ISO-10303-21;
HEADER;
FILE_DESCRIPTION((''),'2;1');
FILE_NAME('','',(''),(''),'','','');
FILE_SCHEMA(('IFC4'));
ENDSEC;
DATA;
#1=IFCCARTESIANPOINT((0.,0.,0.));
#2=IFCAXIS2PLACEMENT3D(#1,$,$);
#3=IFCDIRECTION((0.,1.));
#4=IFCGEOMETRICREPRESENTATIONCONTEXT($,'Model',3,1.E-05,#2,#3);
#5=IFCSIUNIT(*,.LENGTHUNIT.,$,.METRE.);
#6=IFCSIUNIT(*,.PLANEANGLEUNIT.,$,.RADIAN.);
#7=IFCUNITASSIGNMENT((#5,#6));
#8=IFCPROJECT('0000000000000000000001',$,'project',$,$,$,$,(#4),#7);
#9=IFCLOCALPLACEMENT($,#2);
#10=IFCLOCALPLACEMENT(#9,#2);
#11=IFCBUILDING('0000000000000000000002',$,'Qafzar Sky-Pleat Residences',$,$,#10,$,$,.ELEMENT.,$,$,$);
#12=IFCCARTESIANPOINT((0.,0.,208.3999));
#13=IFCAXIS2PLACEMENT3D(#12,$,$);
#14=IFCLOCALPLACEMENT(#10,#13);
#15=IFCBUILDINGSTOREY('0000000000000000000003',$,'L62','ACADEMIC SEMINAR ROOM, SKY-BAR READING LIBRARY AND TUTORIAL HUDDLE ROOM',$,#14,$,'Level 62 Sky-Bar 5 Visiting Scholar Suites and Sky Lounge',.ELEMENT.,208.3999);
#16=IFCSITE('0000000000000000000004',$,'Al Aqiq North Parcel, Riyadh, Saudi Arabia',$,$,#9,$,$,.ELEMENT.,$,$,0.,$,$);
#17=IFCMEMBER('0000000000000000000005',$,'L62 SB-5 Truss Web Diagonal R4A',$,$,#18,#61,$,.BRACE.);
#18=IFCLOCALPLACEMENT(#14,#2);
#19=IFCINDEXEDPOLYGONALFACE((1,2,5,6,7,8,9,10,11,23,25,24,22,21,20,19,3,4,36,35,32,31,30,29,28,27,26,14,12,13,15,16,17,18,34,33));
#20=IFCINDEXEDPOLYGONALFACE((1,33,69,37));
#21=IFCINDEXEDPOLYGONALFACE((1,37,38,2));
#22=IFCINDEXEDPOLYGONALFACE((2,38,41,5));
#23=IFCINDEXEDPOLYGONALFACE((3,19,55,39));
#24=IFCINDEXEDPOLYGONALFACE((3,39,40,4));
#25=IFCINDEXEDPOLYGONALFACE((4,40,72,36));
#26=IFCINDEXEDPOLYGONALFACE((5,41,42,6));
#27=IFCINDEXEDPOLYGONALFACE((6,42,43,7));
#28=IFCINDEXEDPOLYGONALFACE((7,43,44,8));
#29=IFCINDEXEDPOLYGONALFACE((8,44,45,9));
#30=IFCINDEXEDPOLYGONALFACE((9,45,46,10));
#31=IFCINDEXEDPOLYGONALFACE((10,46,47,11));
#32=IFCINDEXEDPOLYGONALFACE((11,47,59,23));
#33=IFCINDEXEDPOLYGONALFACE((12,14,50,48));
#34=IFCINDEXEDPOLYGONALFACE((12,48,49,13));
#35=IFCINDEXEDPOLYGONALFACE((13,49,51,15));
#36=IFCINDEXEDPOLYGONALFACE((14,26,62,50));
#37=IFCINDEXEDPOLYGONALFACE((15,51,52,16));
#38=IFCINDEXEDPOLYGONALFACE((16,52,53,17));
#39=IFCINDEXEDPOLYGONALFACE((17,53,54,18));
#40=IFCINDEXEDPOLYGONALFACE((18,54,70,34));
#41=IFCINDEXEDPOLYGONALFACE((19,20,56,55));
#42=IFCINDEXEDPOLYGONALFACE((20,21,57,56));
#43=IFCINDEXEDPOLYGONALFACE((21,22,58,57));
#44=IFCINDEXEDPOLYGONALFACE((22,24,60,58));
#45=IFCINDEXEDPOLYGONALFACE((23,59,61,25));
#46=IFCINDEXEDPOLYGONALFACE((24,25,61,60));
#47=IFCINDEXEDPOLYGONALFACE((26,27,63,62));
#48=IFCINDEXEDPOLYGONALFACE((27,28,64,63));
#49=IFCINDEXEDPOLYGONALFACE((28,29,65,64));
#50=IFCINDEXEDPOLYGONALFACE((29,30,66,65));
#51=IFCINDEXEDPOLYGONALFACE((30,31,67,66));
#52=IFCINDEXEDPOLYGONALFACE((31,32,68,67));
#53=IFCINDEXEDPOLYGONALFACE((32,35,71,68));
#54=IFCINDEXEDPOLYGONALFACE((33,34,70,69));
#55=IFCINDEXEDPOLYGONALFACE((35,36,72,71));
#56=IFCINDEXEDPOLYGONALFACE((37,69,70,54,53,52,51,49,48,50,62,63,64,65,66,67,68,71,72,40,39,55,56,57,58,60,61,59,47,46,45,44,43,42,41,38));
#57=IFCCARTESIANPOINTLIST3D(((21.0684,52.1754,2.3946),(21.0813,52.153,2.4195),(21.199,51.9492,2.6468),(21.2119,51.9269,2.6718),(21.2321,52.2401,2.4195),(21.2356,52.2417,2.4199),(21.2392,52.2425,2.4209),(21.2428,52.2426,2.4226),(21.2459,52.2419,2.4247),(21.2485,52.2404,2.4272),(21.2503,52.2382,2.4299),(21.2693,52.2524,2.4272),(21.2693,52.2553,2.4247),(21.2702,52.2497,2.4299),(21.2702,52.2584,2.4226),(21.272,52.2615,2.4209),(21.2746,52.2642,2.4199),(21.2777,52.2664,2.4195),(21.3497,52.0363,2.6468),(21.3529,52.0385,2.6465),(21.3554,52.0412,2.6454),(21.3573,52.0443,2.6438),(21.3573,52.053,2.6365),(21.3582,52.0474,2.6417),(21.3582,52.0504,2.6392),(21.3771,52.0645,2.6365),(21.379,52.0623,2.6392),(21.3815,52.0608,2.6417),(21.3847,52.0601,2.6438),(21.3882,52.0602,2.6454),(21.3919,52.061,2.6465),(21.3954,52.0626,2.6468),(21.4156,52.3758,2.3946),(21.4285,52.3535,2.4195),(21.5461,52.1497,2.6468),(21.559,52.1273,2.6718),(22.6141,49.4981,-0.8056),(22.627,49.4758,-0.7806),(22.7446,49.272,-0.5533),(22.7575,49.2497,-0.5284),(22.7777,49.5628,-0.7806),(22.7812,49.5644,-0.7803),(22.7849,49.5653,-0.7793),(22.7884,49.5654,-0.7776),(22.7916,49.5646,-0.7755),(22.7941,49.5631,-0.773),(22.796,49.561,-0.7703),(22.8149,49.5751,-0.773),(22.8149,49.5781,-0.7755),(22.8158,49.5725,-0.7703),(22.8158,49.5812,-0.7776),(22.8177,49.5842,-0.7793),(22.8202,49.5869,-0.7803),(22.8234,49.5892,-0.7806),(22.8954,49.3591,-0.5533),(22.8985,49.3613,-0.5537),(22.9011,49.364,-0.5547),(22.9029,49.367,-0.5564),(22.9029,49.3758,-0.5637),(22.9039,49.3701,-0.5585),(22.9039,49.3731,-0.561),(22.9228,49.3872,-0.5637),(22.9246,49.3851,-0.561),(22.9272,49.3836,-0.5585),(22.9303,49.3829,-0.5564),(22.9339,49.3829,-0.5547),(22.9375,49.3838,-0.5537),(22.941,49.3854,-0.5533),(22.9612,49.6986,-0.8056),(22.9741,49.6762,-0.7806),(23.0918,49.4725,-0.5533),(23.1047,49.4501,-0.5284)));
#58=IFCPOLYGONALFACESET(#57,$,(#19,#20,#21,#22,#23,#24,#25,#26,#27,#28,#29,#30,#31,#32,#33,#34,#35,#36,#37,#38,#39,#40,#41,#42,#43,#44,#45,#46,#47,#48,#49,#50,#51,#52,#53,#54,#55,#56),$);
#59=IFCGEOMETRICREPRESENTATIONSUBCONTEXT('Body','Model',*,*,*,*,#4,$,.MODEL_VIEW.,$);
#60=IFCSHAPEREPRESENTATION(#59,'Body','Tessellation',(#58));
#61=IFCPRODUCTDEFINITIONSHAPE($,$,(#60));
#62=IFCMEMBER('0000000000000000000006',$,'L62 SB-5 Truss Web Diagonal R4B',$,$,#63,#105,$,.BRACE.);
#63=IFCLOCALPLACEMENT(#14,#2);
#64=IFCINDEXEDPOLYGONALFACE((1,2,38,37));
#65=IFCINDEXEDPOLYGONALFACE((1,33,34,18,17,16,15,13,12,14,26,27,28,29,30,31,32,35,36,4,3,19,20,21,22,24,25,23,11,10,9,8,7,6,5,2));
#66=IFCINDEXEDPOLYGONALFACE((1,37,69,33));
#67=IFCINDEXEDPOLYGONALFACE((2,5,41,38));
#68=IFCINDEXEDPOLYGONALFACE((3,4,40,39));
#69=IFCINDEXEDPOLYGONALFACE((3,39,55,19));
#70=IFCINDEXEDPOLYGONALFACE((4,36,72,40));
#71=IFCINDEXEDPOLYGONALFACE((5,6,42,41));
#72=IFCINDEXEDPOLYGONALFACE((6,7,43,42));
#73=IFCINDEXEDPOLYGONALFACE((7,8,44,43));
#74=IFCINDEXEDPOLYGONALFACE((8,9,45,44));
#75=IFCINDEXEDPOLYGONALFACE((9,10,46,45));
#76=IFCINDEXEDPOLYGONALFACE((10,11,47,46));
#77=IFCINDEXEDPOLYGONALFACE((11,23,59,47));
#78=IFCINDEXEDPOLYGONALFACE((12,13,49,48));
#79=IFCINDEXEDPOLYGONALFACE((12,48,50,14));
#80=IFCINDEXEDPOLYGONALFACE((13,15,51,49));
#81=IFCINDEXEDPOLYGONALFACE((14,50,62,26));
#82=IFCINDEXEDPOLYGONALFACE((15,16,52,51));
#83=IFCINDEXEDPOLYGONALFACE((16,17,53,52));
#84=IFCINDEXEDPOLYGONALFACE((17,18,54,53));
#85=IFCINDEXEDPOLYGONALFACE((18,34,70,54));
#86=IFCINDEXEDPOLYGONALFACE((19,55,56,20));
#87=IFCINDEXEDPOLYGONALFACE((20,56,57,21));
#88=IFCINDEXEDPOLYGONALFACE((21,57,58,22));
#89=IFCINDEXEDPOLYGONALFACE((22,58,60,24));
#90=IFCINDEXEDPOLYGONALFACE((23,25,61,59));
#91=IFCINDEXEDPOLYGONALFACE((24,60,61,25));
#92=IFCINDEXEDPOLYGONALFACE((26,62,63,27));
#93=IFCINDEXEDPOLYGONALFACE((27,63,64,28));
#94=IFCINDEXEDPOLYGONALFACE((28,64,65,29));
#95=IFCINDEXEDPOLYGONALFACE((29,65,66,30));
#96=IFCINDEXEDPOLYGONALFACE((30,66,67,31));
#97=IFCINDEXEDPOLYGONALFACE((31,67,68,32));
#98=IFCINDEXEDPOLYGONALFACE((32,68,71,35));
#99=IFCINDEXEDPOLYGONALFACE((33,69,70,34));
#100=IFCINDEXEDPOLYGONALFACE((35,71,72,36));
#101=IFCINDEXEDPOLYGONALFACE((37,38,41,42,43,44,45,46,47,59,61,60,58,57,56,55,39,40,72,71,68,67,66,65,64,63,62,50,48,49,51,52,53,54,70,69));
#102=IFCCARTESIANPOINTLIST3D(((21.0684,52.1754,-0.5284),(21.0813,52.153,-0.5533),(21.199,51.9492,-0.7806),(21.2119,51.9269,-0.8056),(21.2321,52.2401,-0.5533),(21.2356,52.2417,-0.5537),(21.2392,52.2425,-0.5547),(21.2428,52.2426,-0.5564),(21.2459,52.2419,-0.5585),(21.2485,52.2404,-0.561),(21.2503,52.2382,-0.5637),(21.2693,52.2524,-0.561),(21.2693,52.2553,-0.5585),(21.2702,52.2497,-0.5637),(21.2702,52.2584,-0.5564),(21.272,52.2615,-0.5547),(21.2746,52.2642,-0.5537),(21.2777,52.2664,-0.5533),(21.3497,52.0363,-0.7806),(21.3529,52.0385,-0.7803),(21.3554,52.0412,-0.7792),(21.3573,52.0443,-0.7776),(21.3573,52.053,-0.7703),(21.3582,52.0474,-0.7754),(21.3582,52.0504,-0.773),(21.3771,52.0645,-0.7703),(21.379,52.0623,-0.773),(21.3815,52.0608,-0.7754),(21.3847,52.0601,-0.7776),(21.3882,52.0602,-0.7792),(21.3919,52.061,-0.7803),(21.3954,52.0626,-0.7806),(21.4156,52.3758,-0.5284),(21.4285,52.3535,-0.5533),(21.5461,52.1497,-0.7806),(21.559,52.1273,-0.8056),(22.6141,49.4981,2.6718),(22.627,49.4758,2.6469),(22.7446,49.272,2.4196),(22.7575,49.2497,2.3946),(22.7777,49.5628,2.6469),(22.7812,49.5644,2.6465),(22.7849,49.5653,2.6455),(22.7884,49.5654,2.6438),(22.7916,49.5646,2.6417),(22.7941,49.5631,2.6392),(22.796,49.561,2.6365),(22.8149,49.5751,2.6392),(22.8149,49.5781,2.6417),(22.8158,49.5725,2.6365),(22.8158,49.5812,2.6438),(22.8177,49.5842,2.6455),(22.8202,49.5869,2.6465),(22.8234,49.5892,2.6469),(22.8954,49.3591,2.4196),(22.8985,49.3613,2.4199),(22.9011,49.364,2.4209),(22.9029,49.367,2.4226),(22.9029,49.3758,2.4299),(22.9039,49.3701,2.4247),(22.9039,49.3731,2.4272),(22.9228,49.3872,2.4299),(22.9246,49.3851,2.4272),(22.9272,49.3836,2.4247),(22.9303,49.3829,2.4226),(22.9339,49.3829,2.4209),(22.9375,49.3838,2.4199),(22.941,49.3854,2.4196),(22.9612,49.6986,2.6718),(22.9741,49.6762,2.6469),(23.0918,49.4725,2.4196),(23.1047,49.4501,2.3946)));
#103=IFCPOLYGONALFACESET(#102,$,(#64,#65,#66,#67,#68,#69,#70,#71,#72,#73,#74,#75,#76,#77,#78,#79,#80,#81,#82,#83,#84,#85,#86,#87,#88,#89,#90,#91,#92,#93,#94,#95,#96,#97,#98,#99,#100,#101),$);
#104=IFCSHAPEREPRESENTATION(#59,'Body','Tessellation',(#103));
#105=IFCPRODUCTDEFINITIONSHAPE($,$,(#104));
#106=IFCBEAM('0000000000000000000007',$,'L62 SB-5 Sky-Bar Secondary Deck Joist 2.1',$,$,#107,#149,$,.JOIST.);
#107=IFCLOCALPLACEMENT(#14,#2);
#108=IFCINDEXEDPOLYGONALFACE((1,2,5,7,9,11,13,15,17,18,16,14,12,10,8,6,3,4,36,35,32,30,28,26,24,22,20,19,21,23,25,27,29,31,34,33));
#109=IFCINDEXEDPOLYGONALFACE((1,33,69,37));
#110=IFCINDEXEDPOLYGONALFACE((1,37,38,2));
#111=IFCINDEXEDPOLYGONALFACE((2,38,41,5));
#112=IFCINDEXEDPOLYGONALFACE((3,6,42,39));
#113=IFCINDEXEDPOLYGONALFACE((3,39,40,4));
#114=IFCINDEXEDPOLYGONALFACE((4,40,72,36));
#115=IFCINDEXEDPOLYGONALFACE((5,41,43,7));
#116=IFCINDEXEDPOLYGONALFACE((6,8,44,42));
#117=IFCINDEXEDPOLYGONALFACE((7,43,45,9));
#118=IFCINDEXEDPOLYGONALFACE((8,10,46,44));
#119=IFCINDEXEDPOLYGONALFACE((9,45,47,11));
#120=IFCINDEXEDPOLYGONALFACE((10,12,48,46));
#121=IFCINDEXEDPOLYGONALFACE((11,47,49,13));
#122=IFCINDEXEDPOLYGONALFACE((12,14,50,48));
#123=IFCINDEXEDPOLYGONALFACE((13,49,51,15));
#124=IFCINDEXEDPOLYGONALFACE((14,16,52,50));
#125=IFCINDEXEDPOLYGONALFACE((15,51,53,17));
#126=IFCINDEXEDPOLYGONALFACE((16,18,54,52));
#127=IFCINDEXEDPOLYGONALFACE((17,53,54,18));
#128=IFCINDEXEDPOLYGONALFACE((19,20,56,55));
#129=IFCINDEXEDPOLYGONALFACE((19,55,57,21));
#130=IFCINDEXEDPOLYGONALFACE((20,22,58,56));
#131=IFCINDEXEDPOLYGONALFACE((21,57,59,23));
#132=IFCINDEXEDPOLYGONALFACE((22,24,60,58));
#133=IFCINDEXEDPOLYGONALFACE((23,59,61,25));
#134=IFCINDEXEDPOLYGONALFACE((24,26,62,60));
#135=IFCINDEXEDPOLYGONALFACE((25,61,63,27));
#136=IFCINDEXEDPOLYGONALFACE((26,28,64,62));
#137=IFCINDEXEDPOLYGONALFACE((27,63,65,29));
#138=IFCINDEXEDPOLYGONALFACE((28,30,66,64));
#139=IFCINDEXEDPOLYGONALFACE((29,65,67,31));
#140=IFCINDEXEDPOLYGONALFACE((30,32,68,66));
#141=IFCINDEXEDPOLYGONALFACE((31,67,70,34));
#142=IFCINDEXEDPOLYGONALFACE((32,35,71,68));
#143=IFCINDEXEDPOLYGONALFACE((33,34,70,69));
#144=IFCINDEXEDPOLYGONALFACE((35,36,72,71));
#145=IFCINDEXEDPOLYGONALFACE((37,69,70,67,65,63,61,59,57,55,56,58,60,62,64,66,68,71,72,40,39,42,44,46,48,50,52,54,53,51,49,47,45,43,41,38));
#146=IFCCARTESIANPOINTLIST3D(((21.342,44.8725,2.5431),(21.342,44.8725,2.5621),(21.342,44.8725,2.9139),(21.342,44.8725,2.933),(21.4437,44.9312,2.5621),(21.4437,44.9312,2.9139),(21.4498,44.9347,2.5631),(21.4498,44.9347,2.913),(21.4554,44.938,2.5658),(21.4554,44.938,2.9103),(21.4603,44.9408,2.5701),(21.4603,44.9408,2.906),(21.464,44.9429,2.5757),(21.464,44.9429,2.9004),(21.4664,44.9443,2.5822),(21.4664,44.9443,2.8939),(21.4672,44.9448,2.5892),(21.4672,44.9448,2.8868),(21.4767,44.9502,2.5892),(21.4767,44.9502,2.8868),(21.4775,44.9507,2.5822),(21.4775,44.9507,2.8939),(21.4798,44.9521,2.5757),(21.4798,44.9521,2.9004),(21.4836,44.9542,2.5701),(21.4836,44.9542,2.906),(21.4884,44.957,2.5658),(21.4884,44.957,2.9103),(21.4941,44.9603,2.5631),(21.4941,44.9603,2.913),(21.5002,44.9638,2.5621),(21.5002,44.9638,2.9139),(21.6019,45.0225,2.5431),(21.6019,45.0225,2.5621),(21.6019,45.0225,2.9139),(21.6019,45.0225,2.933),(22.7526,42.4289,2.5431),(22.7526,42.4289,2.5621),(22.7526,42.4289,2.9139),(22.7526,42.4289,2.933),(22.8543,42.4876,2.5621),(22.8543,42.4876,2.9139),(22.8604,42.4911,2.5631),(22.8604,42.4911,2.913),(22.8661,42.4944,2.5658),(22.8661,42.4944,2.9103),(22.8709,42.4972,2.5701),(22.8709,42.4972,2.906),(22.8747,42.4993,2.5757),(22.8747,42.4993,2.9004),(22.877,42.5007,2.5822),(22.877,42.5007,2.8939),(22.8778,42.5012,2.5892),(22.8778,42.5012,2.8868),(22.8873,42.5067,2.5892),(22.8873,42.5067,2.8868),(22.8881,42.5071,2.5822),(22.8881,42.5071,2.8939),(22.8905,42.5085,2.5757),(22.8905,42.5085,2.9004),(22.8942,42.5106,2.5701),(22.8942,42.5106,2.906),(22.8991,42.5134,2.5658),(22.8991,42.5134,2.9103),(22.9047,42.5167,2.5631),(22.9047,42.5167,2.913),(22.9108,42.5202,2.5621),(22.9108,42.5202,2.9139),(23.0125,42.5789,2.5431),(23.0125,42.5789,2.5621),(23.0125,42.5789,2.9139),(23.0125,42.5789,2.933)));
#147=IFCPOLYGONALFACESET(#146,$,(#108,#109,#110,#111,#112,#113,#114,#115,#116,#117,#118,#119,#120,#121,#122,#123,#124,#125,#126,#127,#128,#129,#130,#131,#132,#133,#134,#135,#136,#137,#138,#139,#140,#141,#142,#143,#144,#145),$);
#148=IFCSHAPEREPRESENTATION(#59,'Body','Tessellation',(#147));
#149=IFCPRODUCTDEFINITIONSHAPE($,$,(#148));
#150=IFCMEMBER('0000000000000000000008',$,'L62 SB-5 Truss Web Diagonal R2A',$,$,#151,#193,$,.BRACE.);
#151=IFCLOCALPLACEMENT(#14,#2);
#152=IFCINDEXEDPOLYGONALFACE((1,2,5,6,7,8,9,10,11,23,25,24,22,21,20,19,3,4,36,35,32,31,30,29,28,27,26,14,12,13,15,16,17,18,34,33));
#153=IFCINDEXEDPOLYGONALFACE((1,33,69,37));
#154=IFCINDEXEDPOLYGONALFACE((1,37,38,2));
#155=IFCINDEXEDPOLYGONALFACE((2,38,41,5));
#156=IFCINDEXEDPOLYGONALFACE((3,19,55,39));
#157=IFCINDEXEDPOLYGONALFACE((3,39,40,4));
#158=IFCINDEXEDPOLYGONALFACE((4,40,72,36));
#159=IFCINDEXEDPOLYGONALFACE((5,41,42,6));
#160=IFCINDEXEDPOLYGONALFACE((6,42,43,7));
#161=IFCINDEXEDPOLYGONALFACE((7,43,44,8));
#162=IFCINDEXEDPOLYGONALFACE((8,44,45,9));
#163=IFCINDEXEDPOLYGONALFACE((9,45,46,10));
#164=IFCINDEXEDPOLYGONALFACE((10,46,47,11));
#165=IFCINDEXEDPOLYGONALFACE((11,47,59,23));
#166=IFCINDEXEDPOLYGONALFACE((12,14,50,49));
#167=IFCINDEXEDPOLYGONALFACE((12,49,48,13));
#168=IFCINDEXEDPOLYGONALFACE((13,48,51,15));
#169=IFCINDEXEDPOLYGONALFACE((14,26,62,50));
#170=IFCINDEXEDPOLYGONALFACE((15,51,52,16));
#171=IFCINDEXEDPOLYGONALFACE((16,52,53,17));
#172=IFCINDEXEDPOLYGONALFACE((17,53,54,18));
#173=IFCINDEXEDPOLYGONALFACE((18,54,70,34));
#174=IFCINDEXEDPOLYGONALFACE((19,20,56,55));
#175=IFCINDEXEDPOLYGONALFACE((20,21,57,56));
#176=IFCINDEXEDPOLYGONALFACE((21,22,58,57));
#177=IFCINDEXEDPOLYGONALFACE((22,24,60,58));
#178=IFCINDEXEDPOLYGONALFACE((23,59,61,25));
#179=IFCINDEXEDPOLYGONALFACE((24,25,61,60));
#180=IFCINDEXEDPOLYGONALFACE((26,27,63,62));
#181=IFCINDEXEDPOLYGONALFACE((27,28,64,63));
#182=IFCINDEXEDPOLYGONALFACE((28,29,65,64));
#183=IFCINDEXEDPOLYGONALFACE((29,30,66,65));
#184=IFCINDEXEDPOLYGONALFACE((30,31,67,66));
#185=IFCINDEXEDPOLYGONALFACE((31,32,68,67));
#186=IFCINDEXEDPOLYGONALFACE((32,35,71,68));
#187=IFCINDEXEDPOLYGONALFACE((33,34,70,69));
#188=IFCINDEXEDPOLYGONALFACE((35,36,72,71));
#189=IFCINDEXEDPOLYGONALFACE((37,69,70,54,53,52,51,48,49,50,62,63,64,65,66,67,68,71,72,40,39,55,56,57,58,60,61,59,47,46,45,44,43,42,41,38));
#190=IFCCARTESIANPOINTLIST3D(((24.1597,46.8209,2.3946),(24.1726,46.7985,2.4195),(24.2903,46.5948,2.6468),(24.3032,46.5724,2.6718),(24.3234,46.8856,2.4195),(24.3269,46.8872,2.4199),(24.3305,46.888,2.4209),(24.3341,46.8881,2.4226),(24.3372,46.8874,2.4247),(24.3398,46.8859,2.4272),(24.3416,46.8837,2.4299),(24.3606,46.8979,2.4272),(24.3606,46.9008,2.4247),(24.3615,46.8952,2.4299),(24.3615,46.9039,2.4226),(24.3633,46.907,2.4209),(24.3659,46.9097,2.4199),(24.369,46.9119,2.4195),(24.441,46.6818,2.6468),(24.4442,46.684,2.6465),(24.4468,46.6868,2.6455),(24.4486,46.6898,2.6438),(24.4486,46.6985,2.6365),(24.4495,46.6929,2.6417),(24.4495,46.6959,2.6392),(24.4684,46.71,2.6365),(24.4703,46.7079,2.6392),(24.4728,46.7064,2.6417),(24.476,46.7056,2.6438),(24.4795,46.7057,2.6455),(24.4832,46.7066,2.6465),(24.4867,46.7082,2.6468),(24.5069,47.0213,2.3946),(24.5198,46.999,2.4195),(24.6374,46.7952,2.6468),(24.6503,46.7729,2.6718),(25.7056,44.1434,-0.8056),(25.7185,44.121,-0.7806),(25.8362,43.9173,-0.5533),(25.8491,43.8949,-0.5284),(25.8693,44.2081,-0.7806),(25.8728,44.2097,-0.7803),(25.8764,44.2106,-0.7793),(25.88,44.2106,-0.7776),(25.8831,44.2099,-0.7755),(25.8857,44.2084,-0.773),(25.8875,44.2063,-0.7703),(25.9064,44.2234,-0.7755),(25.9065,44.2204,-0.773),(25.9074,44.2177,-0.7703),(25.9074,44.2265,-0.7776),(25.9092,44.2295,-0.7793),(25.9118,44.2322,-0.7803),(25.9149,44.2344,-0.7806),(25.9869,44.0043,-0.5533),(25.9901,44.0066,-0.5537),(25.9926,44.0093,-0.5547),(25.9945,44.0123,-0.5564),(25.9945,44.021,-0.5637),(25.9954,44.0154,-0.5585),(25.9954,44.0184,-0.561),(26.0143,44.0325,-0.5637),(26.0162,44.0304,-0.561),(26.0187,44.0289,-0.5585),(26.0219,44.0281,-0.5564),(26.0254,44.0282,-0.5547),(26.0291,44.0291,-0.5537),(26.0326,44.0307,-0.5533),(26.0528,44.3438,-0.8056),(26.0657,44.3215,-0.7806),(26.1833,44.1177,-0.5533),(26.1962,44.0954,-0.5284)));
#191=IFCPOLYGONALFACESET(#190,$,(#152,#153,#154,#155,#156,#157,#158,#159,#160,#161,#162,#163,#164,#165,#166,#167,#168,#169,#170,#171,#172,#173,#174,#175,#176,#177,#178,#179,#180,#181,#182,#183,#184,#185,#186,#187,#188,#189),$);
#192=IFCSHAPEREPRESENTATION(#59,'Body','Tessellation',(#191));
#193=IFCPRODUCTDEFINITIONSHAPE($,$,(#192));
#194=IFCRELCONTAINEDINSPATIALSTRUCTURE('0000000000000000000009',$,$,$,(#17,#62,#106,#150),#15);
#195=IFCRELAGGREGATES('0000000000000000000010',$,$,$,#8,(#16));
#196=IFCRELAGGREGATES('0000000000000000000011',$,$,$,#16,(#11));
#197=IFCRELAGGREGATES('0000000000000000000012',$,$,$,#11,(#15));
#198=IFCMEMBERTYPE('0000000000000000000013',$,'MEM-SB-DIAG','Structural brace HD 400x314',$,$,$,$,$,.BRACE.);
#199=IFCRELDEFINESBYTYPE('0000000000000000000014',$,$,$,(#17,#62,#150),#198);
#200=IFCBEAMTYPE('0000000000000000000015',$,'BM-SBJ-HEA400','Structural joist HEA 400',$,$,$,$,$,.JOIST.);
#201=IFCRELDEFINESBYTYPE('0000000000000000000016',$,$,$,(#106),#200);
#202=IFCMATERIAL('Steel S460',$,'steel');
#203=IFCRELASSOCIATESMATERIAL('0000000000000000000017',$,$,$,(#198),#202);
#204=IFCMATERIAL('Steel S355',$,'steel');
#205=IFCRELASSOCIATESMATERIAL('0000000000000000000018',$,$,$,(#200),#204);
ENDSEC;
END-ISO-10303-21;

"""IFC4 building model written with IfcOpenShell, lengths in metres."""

from ifc_helpers import new_model, si_unit, direction, frame, origin, origin_2d, place, context, subcontext, project, spatial, i_section, extrude, source, transform, mapped, material, material_profile, profile_set, type_object, element, save


model = new_model("IFC4")

# Units and contexts
model_context = context("Model", 3, precision=1e-05, world=origin(), true_north=direction((0.0, 1.0)))
body_context = subcontext(model_context, "Body", "Model", "MODEL_VIEW")
ifc_project = project(units=[si_unit("LENGTHUNIT", "METRE"), si_unit("PLANEANGLEUNIT", "RADIAN")], contexts=[model_context])

# Site, building, storey
site_placement = place(None, origin())
site = spatial("IfcSite", under=ifc_project, at=site_placement, Name="Al Aqiq North Parcel, Riyadh, Saudi Arabia", CompositionType="ELEMENT", RefElevation=0.0)
building_placement = place(site_placement, origin())
building = spatial("IfcBuilding", under=site, at=building_placement, Name="Qafzar Sky-Pleat Residences", CompositionType="ELEMENT")
storey_placement = place(building_placement, frame((0.0, 0.0, 208.3999)))
storey = spatial("IfcBuildingStorey", under=building, at=storey_placement, Name="L62", Description="ACADEMIC SEMINAR ROOM, SKY-BAR READING LIBRARY AND TUTORIAL HUDDLE ROOM", LongName="Level 62 Sky-Bar 5 Visiting Scholar Suites and Sky Lounge", CompositionType="ELEMENT", Elevation=208.3999)

# Shared definitions
ifc_material_1 = material(Name="Steel S355", Category="steel")

# Shared definitions
ifc_material_2 = material(Name="Steel S460", Category="steel")

# Members
ifc_material_profile_1 = material_profile(ifc_material_2, i_section(OverallWidth=0.4009, OverallDepth=0.3989, WebThickness=0.0229, FlangeThickness=0.0359, FilletRadius=0.0149, at=origin_2d()), Name="HD 400x314")
ifc_profile_set_1 = profile_set([ifc_material_profile_1], Name="Steel S460")
member_type = type_object("IfcMemberType", Name="MEM-SB-DIAG", Description="Structural brace HD 400x314", PredefinedType="BRACE", material=ifc_profile_set_1)
shared_shape_1 = source(origin(), body_context, "Body", "SweptSolid", [
    extrude(i_section(OverallWidth=0.4009, OverallDepth=0.3989, WebThickness=0.0229, FlangeThickness=0.0359, FilletRadius=0.0149, at=origin_2d()), origin(), (0.0, 0.0, 1.0), 4.4495),
])
for number, where, z_axis, x_axis, name in (
    (1, (22.8594, 49.4741, -0.667), (-0.347378, 0.601698, 0.719228), (-0.866033, -0.499987, 0.0), "L62 SB-5 Truss Web Diagonal R4A"),
    (2, (22.8594, 49.4741, 2.5332), (-0.347378, 0.601698, -0.719228), (-0.866033, -0.499987, 0.0), "L62 SB-5 Truss Web Diagonal R4B"),
):
    element("IfcMember", number, at=place(storey_placement, frame(where, z_axis=z_axis, x_axis=x_axis)), inside=storey, type_object=member_type, Name=name, PredefinedType="BRACE", context=body_context, shape_type="MappedRepresentation", body=[
        mapped(shared_shape_1, transform((0.0, 0.0, 0.0), x_axis=(1.0, 0.0, 0.0), y_axis=(0.0, 1.0, 0.0), z_axis=(0.0, 0.0, 1.0), scale=1.0)),
    ])

# Beam
ifc_material_profile_2 = material_profile(ifc_material_1, i_section(OverallWidth=0.3, OverallDepth=0.3899, WebThickness=0.011, FlangeThickness=0.019, FilletRadius=0.0271, at=origin_2d()), Name="HEA 400")
ifc_profile_set_2 = profile_set([ifc_material_profile_2], Name="Steel S355")
beam_type_1 = type_object("IfcBeamType", Name="BM-SBJ-HEA400", Description="Structural joist HEA 400", PredefinedType="JOIST", material=ifc_profile_set_2)
shared_shape_2 = source(origin(), body_context, "Body", "SweptSolid", [
    extrude(i_section(OverallWidth=0.3, OverallDepth=0.3899, WebThickness=0.011, FlangeThickness=0.019, FilletRadius=0.0271, at=origin_2d()), origin(), (0.0, 0.0, 1.0), 2.8215),
])
beam_1_placement = place(storey_placement, frame((22.8826, 42.5039, 2.738), z_axis=(-0.499955, 0.866052, 0.0), x_axis=(-0.866052, -0.499955, 0.0)))
element("IfcBeam", 3, at=beam_1_placement, inside=storey, type_object=beam_type_1, Name="L62 SB-5 Sky-Bar Secondary Deck Joist 2.1", PredefinedType="JOIST", context=body_context, shape_type="MappedRepresentation", body=[
    mapped(shared_shape_2, transform((0.0, 0.0, 0.0), x_axis=(1.0, 0.0, 0.0), y_axis=(0.0, 1.0, 0.0), z_axis=(0.0, 0.0, 1.0), scale=1.0)),
])

# Member
shared_shape_3 = source(origin(), body_context, "Body", "SweptSolid", [
    extrude(i_section(OverallWidth=0.4009, OverallDepth=0.3989, WebThickness=0.0229, FlangeThickness=0.0359, FilletRadius=0.0149, at=origin_2d()), origin(), (0.0, 0.0, 1.0), 4.4497),
])
for number, where, z_axis, x_axis, name in (
    (4, (25.9509, 44.1194, -0.667), (-0.347415, 0.601721, 0.71919), (-0.866019, -0.500012, 0.0), "L62 SB-5 Truss Web Diagonal R2A"),
):
    element("IfcMember", number, at=place(storey_placement, frame(where, z_axis=z_axis, x_axis=x_axis)), inside=storey, type_object=member_type, Name=name, PredefinedType="BRACE", context=body_context, shape_type="MappedRepresentation", body=[
        mapped(shared_shape_3, transform((0.0, 0.0, 0.0), x_axis=(1.0, 0.0, 0.0), y_axis=(0.0, 1.0, 0.0), z_axis=(0.0, 0.0, 1.0), scale=1.0)),
    ])

save(model, "model.ifc")
